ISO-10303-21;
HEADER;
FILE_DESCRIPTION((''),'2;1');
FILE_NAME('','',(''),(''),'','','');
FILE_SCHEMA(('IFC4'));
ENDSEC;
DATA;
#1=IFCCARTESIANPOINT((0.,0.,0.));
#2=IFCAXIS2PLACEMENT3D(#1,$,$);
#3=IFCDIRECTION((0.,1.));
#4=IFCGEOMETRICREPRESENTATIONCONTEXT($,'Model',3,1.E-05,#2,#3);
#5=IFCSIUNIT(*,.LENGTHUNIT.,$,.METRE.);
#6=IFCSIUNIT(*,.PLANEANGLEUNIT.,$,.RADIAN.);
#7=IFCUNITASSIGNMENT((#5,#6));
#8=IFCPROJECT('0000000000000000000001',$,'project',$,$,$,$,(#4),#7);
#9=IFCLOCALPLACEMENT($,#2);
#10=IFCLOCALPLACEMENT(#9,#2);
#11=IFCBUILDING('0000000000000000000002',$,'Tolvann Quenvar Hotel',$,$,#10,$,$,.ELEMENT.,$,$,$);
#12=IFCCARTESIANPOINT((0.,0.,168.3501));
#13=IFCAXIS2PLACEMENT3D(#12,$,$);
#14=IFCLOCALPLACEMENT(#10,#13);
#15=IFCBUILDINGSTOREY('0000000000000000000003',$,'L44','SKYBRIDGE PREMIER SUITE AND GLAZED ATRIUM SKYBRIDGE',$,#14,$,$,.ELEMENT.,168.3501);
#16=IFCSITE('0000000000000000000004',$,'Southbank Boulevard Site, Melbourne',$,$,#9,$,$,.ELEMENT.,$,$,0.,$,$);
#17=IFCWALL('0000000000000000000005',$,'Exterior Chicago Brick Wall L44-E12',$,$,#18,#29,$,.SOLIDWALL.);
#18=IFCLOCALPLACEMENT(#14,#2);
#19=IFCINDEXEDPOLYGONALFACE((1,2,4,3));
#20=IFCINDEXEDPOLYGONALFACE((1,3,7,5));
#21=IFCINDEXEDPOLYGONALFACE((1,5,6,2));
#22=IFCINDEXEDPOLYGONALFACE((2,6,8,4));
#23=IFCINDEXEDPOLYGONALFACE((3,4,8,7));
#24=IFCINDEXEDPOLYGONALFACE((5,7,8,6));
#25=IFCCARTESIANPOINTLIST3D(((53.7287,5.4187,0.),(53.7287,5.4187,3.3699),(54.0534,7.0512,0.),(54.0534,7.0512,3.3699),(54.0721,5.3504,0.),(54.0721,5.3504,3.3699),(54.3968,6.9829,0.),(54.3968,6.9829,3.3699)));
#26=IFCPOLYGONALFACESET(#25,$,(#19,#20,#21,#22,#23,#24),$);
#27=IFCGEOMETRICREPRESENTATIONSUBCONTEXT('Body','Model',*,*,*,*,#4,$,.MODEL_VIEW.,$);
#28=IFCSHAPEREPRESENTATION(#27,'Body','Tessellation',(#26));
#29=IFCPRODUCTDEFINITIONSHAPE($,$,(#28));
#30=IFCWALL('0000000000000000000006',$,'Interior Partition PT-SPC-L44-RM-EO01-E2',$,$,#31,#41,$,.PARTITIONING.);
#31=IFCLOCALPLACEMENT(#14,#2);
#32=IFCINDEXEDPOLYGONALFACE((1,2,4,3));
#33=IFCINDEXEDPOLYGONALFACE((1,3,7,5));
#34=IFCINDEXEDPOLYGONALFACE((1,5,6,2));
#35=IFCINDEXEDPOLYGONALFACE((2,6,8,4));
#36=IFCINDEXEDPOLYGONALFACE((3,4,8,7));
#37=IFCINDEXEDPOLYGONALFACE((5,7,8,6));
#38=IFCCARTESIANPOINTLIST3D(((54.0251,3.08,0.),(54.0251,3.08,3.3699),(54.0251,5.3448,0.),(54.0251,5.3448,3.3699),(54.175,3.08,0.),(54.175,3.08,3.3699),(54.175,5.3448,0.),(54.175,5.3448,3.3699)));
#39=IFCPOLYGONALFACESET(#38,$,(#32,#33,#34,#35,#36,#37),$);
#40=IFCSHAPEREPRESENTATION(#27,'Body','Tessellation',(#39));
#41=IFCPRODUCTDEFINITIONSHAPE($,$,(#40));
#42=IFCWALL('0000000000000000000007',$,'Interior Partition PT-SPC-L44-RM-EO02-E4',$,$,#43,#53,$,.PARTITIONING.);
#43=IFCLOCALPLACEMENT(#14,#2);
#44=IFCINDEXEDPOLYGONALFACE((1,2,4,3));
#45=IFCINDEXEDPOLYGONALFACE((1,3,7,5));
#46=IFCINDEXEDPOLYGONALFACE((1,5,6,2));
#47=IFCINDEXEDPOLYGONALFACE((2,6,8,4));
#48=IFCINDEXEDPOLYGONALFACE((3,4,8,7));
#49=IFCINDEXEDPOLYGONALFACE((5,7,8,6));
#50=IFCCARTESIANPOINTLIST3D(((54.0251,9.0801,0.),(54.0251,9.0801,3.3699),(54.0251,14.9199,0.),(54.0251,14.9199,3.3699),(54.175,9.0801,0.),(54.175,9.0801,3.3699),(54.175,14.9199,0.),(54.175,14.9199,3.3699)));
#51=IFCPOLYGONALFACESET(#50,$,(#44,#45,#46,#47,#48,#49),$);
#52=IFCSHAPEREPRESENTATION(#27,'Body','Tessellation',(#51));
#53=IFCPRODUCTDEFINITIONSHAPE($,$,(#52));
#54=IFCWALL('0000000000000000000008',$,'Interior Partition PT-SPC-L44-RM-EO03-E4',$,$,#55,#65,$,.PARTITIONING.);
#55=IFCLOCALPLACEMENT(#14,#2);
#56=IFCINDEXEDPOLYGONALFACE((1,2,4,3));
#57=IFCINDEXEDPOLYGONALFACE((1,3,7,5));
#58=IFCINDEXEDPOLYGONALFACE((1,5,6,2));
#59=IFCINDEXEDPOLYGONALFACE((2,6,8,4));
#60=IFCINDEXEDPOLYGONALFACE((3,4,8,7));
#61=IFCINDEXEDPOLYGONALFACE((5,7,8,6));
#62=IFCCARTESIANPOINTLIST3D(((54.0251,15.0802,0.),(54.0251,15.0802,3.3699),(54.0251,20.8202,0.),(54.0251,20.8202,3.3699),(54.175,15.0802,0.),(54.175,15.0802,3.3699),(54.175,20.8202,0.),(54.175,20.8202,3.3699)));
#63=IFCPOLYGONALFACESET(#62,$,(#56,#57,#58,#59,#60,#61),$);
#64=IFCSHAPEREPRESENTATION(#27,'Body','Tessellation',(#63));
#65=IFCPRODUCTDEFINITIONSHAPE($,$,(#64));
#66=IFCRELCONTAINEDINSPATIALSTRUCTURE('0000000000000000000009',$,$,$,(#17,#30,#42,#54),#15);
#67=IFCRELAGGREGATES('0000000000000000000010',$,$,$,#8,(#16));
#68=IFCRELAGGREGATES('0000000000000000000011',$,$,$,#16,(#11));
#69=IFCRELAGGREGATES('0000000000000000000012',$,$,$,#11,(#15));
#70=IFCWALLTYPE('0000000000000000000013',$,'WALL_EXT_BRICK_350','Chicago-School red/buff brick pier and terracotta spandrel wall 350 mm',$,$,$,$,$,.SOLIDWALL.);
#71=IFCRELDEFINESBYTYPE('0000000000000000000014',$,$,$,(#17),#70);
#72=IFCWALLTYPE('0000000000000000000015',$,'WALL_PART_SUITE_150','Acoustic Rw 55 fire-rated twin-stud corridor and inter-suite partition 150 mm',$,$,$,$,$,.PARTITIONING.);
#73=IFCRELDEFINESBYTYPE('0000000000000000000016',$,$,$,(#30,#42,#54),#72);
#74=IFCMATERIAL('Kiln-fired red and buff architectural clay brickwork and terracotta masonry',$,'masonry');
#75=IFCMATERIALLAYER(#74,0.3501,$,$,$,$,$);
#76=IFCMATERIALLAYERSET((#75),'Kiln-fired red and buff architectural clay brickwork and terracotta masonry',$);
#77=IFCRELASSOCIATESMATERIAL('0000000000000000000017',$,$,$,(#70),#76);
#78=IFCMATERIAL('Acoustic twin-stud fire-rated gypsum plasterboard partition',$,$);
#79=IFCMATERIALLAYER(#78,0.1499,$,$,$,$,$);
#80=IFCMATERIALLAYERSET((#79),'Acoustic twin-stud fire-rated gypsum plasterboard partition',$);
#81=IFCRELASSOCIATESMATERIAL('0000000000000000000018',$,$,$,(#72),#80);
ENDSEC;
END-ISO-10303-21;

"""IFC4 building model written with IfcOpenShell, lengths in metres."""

from ifc_helpers import new_model, si_unit, direction, frame, frame_2d, origin, place, context, subcontext, project, spatial, rectangle, extrude, material, layer, layer_set, type_object, element, save


model = new_model("IFC4")

# Units and contexts
model_context = context("Model", 3, precision=1e-05, world=origin(), true_north=direction((0.0, 1.0)))
body_context = subcontext(model_context, "Body", "Model", "MODEL_VIEW")
ifc_project = project(units=[si_unit("LENGTHUNIT", "METRE"), si_unit("PLANEANGLEUNIT", "RADIAN")], contexts=[model_context])

# Site, building, storey
site_placement = place(None, origin())
site = spatial("IfcSite", under=ifc_project, at=site_placement, Name="Southbank Boulevard Site, Melbourne", CompositionType="ELEMENT", RefElevation=0.0)
building_placement = place(site_placement, origin())
building = spatial("IfcBuilding", under=site, at=building_placement, Name="Tolvann Quenvar Hotel", CompositionType="ELEMENT")
storey_placement = place(building_placement, frame((0.0, 0.0, 168.3501)))
storey = spatial("IfcBuildingStorey", under=building, at=storey_placement, Name="L44", Description="SKYBRIDGE PREMIER SUITE AND GLAZED ATRIUM SKYBRIDGE", CompositionType="ELEMENT", Elevation=168.3501)

# Walls
ifc_material_1 = material(Name="Kiln-fired red and buff architectural clay brickwork and terracotta masonry", Category="masonry")
ifc_layer_1 = layer(ifc_material_1, 0.3501)
ifc_layer_set_1 = layer_set([ifc_layer_1], Name="Kiln-fired red and buff architectural clay brickwork and terracotta masonry")
wall_type_1 = type_object("IfcWallType", Name="WALL_EXT_BRICK_350", Description="Chicago-School red/buff brick pier and terracotta spandrel wall 350 mm", PredefinedType="SOLIDWALL", material=ifc_layer_set_1)
wall_1_placement = place(storey_placement, frame((53.9004, 5.3845, 0.0), z_axis=(0.0, 0.0, 1.0), x_axis=(0.195072, 0.980789, 0.0)))
element("IfcWall", 1, at=wall_1_placement, inside=storey, type_object=wall_type_1, Name="Exterior Chicago Brick Wall L44-E12", PredefinedType="SOLIDWALL", context=body_context, shape_type="SweptSolid", body=[
    extrude(rectangle(XDim=1.6646, YDim=0.3501, at=frame_2d((0.8323, 0.0))), origin(), (0.0, 0.0, 1.0), 3.3699),
])
ifc_material_2 = material(Name="Acoustic twin-stud fire-rated gypsum plasterboard partition")
ifc_layer_2 = layer(ifc_material_2, 0.1499)
ifc_layer_set_2 = layer_set([ifc_layer_2], Name="Acoustic twin-stud fire-rated gypsum plasterboard partition")
wall_type_2 = type_object("IfcWallType", Name="WALL_PART_SUITE_150", Description="Acoustic Rw 55 fire-rated twin-stud corridor and inter-suite partition 150 mm", PredefinedType="PARTITIONING", material=ifc_layer_set_2)
wall_2_placement = place(storey_placement, frame((54.1001, 3.0801, 0.0), z_axis=(0.0, 0.0, 1.0), x_axis=(0.0, 1.0, 0.0)))
element("IfcWall", 2, at=wall_2_placement, inside=storey, type_object=wall_type_2, Name="Interior Partition PT-SPC-L44-RM-EO01-E2", PredefinedType="PARTITIONING", context=body_context, shape_type="SweptSolid", body=[
    extrude(rectangle(XDim=2.2649, YDim=0.1499, at=frame_2d((1.1323, 0.0))), origin(), (0.0, 0.0, 1.0), 3.3699),
])
wall_3_placement = place(storey_placement, frame((54.1001, 9.0801, 0.0), z_axis=(0.0, 0.0, 1.0), x_axis=(0.0, 1.0, 0.0)))
element("IfcWall", 3, at=wall_3_placement, inside=storey, type_object=wall_type_2, Name="Interior Partition PT-SPC-L44-RM-EO02-E4", PredefinedType="PARTITIONING", context=body_context, shape_type="SweptSolid", body=[
    extrude(rectangle(XDim=5.8398, YDim=0.1499, at=frame_2d((2.9199, 0.0))), origin(), (0.0, 0.0, 1.0), 3.3699),
])
wall_4_placement = place(storey_placement, frame((54.1001, 15.0801, 0.0), z_axis=(0.0, 0.0, 1.0), x_axis=(0.0, 1.0, 0.0)))
element("IfcWall", 4, at=wall_4_placement, inside=storey, type_object=wall_type_2, Name="Interior Partition PT-SPC-L44-RM-EO03-E4", PredefinedType="PARTITIONING", context=body_context, shape_type="SweptSolid", body=[
    extrude(rectangle(XDim=5.74, YDim=0.1499, at=frame_2d((2.8701, 0.0))), origin(), (0.0, 0.0, 1.0), 3.3699),
])

save(model, "model.ifc")
